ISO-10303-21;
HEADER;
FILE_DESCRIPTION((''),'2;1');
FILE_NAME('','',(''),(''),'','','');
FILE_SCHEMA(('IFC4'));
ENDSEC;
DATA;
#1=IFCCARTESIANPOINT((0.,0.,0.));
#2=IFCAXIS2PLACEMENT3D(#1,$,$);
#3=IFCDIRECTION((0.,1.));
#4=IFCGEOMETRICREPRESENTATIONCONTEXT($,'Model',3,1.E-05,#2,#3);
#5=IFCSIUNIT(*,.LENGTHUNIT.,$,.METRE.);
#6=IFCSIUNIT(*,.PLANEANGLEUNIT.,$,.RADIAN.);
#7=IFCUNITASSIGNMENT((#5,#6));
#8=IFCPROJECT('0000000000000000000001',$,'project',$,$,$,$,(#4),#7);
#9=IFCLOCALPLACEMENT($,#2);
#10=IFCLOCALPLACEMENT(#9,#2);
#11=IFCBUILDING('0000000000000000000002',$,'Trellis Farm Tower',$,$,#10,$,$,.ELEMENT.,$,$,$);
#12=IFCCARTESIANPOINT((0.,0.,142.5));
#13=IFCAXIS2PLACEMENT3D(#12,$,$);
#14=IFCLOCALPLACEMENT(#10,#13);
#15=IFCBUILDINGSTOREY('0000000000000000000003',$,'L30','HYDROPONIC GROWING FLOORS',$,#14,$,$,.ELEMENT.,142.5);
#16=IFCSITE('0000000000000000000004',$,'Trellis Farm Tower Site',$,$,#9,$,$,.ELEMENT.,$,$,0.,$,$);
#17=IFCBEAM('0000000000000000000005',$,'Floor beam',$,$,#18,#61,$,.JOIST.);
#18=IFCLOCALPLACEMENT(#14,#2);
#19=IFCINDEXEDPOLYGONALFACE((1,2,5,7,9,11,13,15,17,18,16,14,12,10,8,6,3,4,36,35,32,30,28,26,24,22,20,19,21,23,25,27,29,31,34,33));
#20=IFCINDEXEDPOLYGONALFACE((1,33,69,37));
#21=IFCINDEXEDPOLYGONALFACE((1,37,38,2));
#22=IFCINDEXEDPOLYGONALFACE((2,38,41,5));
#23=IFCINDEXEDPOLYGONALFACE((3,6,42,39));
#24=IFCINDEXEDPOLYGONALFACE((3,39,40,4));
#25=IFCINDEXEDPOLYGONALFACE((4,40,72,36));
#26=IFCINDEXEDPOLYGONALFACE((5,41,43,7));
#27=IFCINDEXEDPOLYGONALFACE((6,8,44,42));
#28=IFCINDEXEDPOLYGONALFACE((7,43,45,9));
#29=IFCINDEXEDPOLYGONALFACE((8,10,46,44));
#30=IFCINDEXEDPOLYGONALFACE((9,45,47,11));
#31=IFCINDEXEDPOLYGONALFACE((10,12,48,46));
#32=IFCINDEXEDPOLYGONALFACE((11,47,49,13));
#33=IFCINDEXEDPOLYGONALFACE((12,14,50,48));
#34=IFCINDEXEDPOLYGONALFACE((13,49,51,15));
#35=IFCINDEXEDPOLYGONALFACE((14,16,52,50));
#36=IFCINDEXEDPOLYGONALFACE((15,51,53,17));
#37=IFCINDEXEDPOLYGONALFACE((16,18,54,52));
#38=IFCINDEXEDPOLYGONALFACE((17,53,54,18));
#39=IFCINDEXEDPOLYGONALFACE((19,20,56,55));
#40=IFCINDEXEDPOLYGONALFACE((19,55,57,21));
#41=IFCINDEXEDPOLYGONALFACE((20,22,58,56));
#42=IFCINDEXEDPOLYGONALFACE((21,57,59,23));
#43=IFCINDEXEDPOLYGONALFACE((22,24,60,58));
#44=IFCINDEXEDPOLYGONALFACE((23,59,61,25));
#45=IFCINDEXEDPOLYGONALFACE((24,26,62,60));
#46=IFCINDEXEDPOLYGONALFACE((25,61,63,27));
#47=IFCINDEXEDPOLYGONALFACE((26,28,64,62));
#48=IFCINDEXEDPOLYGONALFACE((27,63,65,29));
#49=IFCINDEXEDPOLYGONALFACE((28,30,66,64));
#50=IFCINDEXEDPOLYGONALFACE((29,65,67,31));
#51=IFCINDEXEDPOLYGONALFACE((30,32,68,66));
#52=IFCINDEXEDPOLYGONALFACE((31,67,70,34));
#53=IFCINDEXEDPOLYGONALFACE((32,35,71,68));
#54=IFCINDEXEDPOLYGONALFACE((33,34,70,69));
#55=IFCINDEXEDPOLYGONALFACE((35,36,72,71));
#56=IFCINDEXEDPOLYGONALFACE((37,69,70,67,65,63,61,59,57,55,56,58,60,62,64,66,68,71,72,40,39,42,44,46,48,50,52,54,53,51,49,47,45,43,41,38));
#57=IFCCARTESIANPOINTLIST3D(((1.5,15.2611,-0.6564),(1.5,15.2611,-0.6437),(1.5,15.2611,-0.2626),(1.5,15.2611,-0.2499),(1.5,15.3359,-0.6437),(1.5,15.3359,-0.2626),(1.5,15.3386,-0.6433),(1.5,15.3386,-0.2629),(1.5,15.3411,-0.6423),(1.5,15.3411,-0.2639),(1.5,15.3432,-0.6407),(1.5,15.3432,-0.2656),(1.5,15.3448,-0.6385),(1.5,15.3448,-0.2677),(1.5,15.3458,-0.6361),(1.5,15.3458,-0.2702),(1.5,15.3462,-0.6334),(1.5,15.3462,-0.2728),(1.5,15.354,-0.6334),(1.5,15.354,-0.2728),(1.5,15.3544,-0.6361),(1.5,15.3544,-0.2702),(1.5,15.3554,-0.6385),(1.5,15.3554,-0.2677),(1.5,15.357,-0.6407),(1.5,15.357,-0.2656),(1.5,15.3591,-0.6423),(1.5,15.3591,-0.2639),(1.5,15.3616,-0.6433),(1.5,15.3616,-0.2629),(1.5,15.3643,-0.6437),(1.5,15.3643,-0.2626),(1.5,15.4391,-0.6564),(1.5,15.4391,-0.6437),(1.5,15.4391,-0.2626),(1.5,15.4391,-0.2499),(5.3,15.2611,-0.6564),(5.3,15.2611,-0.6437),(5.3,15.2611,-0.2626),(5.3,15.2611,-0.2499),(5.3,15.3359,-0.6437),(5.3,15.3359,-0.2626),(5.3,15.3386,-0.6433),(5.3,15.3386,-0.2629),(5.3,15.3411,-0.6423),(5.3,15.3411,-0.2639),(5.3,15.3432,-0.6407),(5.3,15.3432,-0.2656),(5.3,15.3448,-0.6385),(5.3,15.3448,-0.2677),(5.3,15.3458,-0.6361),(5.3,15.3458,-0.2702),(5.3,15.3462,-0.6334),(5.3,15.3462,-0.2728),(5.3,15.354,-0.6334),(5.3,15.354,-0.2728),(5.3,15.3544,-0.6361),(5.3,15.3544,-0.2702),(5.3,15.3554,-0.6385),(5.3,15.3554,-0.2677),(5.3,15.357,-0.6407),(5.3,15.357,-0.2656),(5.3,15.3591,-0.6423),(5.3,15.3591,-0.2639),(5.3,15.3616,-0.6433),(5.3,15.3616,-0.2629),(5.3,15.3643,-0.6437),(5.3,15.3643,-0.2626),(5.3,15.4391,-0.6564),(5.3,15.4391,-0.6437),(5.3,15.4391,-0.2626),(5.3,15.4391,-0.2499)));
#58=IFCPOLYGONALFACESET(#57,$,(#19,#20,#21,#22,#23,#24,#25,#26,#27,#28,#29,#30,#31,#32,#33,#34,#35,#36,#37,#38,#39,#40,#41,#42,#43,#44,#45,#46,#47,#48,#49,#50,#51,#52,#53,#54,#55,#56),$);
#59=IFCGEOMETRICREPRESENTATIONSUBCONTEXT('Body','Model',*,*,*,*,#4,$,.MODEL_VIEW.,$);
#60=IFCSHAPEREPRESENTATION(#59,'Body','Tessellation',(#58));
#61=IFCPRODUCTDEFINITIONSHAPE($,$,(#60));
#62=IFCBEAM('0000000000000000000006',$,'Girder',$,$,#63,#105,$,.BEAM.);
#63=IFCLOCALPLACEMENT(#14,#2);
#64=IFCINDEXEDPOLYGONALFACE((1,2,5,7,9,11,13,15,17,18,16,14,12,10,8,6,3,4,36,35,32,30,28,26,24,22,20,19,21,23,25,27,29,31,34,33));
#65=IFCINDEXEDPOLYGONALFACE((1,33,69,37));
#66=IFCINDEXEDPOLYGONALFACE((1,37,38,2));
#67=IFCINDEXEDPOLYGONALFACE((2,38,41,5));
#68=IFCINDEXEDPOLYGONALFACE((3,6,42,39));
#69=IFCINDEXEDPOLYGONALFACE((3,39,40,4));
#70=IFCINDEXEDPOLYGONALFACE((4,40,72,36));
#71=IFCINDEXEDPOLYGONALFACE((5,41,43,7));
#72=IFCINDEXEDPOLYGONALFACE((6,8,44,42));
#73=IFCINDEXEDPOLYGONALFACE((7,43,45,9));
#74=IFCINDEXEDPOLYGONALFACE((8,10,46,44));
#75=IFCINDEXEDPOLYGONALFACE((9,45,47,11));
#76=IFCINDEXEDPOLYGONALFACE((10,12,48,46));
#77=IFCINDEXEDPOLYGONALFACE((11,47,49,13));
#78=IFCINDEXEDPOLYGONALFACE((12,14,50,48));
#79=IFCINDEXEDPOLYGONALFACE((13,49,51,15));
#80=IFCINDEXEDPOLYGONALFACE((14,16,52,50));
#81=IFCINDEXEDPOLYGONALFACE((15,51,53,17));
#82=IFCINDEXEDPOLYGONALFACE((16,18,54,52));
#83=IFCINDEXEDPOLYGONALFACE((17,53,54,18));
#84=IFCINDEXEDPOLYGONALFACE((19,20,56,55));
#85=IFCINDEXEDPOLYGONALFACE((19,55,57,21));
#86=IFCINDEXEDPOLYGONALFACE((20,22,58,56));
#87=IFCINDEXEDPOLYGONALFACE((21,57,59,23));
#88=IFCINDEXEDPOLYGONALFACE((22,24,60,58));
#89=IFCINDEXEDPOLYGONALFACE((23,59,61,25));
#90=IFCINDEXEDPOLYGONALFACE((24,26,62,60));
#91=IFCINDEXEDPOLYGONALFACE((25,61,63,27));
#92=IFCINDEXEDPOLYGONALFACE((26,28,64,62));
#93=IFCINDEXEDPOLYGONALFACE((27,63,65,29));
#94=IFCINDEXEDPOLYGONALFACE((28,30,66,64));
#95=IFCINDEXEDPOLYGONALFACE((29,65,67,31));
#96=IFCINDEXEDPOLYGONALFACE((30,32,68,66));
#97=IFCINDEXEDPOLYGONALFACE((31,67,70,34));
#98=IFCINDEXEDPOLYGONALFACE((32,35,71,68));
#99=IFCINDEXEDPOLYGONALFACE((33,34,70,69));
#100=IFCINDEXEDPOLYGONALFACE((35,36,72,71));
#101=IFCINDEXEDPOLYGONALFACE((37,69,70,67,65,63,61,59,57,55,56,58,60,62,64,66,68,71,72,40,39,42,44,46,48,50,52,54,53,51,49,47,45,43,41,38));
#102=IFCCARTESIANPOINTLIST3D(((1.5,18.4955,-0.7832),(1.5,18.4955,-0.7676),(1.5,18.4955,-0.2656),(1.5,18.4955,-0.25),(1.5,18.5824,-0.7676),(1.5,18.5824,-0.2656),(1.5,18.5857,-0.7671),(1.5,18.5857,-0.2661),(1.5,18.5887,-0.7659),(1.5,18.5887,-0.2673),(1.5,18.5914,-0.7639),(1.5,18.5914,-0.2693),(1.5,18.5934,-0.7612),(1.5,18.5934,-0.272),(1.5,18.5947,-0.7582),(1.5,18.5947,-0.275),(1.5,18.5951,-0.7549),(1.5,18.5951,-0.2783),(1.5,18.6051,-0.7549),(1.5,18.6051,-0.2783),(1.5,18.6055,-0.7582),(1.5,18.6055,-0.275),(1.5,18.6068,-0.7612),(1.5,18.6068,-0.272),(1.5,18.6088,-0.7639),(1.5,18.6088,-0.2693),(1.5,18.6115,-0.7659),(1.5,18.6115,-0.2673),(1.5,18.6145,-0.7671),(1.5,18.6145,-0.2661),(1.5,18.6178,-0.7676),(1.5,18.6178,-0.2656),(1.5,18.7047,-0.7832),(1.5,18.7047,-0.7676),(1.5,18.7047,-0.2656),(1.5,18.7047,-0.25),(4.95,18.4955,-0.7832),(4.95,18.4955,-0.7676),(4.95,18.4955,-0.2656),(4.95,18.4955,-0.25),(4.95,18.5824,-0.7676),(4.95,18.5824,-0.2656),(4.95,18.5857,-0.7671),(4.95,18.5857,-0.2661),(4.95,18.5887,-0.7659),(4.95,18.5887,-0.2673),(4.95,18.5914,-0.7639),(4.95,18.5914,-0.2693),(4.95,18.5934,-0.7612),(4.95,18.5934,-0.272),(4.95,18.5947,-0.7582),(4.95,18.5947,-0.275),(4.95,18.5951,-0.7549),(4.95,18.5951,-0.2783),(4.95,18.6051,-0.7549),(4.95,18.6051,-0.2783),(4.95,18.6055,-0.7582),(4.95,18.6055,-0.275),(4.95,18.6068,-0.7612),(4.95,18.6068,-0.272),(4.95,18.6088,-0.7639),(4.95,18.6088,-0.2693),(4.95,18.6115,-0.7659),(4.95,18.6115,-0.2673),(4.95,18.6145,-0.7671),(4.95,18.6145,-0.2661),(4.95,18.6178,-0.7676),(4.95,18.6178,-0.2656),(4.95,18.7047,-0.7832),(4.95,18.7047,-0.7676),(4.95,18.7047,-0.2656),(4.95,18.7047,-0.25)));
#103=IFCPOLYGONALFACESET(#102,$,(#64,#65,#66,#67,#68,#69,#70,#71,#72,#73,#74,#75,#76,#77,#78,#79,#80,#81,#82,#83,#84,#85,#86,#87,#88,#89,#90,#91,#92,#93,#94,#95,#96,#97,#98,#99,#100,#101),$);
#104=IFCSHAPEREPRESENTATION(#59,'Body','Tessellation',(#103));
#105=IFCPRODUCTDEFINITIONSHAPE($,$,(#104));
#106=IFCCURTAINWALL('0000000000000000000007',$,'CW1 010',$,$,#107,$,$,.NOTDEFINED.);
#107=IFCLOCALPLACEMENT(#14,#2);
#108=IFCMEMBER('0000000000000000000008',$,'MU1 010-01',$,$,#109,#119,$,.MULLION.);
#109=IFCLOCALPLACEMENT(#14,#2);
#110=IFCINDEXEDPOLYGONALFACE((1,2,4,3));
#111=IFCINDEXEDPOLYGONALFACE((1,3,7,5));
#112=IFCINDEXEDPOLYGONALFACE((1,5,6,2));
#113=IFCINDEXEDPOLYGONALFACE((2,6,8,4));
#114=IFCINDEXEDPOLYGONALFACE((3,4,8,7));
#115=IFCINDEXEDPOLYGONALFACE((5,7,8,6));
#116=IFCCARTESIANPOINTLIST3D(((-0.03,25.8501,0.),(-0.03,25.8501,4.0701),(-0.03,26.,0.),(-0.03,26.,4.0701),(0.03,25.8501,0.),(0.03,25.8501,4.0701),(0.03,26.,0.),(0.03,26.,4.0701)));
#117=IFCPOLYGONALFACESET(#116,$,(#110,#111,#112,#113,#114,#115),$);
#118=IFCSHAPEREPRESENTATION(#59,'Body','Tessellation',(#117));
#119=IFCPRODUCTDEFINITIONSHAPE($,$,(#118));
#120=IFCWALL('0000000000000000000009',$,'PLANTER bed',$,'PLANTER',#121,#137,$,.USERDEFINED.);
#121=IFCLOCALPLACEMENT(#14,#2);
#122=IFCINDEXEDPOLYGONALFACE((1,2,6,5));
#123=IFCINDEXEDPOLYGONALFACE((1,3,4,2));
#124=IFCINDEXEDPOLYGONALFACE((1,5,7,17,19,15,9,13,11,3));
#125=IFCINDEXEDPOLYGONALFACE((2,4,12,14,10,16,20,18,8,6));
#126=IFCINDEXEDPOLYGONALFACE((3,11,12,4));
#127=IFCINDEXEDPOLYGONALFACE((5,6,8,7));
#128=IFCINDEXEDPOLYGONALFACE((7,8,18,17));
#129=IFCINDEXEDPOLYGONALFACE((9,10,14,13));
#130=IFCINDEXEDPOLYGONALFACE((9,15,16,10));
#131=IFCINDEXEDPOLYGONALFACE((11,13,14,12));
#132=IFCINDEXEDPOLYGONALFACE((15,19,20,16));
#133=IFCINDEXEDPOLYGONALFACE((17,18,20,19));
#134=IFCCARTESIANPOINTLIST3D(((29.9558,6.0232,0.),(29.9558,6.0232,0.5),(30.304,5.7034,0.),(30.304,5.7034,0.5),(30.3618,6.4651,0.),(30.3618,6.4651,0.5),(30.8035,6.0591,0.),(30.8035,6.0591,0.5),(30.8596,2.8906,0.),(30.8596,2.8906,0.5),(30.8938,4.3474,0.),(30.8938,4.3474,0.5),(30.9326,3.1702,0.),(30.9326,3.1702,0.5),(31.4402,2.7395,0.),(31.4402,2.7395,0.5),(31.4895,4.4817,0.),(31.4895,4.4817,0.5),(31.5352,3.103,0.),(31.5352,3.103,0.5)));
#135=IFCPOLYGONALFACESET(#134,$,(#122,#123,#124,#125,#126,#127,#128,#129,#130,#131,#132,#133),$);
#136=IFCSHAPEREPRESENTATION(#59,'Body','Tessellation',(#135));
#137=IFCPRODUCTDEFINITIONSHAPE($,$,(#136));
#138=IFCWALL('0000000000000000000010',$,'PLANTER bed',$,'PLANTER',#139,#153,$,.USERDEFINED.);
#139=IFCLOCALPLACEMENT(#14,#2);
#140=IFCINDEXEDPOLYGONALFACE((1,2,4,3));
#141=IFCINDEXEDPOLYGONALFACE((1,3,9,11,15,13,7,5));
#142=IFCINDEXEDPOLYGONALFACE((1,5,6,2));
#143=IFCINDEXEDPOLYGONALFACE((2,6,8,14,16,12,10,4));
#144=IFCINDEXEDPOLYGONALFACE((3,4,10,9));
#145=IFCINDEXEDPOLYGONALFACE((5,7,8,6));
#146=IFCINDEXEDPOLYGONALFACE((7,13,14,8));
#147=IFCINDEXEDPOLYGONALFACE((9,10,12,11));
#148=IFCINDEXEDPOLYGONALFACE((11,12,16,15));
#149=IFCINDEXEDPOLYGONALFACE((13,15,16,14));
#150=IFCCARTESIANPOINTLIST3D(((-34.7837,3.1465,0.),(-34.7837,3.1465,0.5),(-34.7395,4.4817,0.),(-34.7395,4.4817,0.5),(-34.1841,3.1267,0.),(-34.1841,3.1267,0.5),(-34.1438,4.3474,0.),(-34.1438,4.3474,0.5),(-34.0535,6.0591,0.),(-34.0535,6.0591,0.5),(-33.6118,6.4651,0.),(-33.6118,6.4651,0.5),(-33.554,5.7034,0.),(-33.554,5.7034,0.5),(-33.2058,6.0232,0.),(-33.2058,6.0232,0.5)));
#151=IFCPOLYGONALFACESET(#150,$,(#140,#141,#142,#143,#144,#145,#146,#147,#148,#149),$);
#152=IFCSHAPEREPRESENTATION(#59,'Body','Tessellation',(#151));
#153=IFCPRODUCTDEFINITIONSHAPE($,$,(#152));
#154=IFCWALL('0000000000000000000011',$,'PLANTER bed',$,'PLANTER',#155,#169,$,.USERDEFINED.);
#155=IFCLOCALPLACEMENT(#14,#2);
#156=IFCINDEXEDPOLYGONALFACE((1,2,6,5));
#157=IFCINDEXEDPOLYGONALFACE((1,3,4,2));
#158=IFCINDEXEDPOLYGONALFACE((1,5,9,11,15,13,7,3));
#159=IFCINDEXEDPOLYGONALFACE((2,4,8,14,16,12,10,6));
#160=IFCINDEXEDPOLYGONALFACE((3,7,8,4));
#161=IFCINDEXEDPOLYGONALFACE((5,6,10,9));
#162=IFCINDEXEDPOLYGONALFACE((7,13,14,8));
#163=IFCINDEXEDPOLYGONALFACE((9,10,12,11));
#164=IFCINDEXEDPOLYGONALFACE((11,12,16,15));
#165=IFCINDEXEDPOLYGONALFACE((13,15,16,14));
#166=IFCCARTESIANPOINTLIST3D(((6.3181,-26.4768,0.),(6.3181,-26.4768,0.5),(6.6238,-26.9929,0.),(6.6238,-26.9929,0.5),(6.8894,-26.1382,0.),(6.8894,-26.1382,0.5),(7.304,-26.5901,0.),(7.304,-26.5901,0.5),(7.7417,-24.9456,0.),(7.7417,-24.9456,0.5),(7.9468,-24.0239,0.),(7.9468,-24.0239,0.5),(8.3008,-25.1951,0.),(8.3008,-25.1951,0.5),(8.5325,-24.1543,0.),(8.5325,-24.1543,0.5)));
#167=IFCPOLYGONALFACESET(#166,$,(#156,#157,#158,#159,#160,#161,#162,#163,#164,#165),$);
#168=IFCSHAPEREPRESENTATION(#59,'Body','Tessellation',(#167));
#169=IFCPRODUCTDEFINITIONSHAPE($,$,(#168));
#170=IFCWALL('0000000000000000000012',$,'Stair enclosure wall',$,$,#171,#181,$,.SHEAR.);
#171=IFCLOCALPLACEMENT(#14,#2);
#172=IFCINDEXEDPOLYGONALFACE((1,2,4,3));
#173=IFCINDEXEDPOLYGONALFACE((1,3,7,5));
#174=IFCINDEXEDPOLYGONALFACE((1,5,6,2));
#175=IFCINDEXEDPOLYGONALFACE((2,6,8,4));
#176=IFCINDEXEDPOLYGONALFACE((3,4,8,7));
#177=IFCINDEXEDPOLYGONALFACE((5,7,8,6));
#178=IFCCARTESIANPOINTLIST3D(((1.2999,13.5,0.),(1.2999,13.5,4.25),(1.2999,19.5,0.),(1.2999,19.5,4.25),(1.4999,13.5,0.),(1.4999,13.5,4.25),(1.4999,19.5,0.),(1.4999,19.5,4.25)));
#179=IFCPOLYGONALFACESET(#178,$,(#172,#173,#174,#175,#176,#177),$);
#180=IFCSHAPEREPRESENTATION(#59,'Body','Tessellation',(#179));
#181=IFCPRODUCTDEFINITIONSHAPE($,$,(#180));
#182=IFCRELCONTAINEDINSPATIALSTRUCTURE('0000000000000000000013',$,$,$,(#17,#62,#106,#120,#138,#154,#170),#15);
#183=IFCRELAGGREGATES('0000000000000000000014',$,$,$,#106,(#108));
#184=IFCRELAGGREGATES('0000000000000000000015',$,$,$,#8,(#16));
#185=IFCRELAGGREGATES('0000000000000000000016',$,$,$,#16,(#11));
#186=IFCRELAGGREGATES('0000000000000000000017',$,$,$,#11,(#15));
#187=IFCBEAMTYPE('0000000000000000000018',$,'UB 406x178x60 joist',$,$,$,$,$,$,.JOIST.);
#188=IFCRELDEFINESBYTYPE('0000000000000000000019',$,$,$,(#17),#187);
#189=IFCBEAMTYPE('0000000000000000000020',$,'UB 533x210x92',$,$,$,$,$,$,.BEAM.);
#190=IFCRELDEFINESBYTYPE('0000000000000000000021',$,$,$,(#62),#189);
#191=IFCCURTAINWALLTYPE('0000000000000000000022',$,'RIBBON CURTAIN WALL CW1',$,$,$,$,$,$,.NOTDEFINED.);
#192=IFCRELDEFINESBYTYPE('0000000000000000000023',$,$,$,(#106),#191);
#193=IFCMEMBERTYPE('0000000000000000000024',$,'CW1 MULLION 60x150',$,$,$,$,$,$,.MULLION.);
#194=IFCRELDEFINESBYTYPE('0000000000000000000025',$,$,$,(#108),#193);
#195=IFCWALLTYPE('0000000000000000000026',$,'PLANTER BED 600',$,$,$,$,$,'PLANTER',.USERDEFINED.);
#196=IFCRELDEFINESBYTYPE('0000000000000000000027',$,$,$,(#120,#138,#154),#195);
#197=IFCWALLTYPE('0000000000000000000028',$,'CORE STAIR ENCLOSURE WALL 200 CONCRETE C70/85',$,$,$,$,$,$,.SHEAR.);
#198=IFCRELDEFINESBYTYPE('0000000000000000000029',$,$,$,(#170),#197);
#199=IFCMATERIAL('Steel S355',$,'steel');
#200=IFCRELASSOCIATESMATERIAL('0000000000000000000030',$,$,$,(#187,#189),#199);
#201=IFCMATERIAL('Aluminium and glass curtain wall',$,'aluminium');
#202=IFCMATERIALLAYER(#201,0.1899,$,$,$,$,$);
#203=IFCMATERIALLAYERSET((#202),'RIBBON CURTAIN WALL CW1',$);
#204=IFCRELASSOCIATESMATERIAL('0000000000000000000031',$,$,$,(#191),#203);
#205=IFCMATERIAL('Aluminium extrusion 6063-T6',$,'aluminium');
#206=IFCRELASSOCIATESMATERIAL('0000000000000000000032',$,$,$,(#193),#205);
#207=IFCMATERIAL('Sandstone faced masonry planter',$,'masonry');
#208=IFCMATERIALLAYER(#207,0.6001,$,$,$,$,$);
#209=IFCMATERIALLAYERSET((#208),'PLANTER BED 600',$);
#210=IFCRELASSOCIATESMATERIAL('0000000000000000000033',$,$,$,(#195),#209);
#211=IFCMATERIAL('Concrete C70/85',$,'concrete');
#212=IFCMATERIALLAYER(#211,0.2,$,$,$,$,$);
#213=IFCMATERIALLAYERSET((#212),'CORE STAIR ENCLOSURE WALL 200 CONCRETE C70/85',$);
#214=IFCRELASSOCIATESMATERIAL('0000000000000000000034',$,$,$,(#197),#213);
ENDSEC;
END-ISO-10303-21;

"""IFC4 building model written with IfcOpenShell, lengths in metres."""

from ifc_helpers import new_model, si_unit, direction, frame, frame_2d, origin, origin_2d, place, context, subcontext, project, spatial, polyline, rectangle, i_section, outline, extrude, source, transform, mapped, material, layer, layer_set, material_profile, profile_set, type_object, element, aggregate, save


model = new_model("IFC4")

# Units and contexts
model_context = context("Model", 3, precision=1e-05, world=origin(), true_north=direction((0.0, 1.0)))
body_context = subcontext(model_context, "Body", "Model", "MODEL_VIEW")
ifc_project = project(units=[si_unit("LENGTHUNIT", "METRE"), si_unit("PLANEANGLEUNIT", "RADIAN")], contexts=[model_context])

# Site, building, storey
site_placement = place(None, origin())
site = spatial("IfcSite", under=ifc_project, at=site_placement, Name="Trellis Farm Tower Site", CompositionType="ELEMENT", RefElevation=0.0)
building_placement = place(site_placement, origin())
building = spatial("IfcBuilding", under=site, at=building_placement, Name="Trellis Farm Tower", CompositionType="ELEMENT")
storey_placement = place(building_placement, frame((0.0, 0.0, 142.5)))
storey = spatial("IfcBuildingStorey", under=building, at=storey_placement, Name="L30", Description="HYDROPONIC GROWING FLOORS", CompositionType="ELEMENT", Elevation=142.5)

# Beams
ifc_material_1 = material(Name="Steel S355", Category="steel")
ifc_material_profile_1 = material_profile(ifc_material_1, i_section(OverallWidth=0.178, OverallDepth=0.4065, WebThickness=0.0078, FlangeThickness=0.0127, FilletRadius=0.0103, at=origin_2d()), Name="UB 406x178x60")
ifc_profile_set_1 = profile_set([ifc_material_profile_1], Name="Steel S355")
beam_type_1 = type_object("IfcBeamType", Name="UB 406x178x60 joist", PredefinedType="JOIST", material=ifc_profile_set_1)
shared_shape_1 = source(origin(), body_context, "Body", "SweptSolid", [
    extrude(i_section(OverallWidth=0.178, OverallDepth=0.4065, WebThickness=0.0078, FlangeThickness=0.0127, FilletRadius=0.0103, at=origin_2d()), origin(), (0.0, 0.0, 1.0), 3.8),
])
beam_1_placement = place(storey_placement, frame((1.5, 15.3501, -0.4531), z_axis=(1.0, 0.0, 0.0), x_axis=(0.0, 1.0, 0.0)))
element("IfcBeam", 1, at=beam_1_placement, inside=storey, type_object=beam_type_1, Name="Floor beam", PredefinedType="JOIST", context=body_context, shape_type="MappedRepresentation", body=[
    mapped(shared_shape_1, transform((0.0, 0.0, 0.0))),
])
ifc_material_profile_2 = material_profile(ifc_material_1, i_section(OverallWidth=0.2092, OverallDepth=0.5332, WebThickness=0.01, FlangeThickness=0.0156, FilletRadius=0.0127, at=origin_2d()), Name="UB 533x210x92")
ifc_profile_set_2 = profile_set([ifc_material_profile_2], Name="Steel S355")
beam_type_2 = type_object("IfcBeamType", Name="UB 533x210x92", PredefinedType="BEAM", material=ifc_profile_set_2)
shared_shape_2 = source(origin(), body_context, "Body", "SweptSolid", [
    extrude(i_section(OverallWidth=0.2092, OverallDepth=0.5332, WebThickness=0.01, FlangeThickness=0.0156, FilletRadius=0.0127, at=origin_2d()), origin(), (0.0, 0.0, 1.0), 3.45),
])
beam_2_placement = place(storey_placement, frame((1.5, 18.6001, -0.5166), z_axis=(1.0, 0.0, 0.0), x_axis=(0.0, 1.0, 0.0)))
element("IfcBeam", 2, at=beam_2_placement, inside=storey, type_object=beam_type_2, Name="Girder", PredefinedType="BEAM", context=body_context, shape_type="MappedRepresentation", body=[
    mapped(shared_shape_2, transform((0.0, 0.0, 0.0))),
])

# Curtain wall, member
ifc_material_2 = material(Name="Aluminium and glass curtain wall", Category="aluminium")
ifc_layer_1 = layer(ifc_material_2, 0.1899)
ifc_layer_set_1 = layer_set([ifc_layer_1], Name="RIBBON CURTAIN WALL CW1")
curtain_wall_type = type_object("IfcCurtainWallType", Name="RIBBON CURTAIN WALL CW1", PredefinedType="NOTDEFINED", material=ifc_layer_set_1)
placement = place(storey_placement, origin())
curtain_wall = element("IfcCurtainWall", 3, at=placement, inside=storey, type_object=curtain_wall_type, Name="CW1 010", PredefinedType="NOTDEFINED")
ifc_material_3 = material(Name="Aluminium extrusion 6063-T6", Category="aluminium")
ifc_material_profile_3 = material_profile(ifc_material_3, rectangle(XDim=0.0601, YDim=0.1499, at=origin_2d()), Name="MULLION 60x150")
ifc_profile_set_3 = profile_set([ifc_material_profile_3], Name="Aluminium extrusion 6063-T6")
member_type = type_object("IfcMemberType", Name="CW1 MULLION 60x150", PredefinedType="MULLION", material=ifc_profile_set_3)
shared_shape_3 = source(origin(), body_context, "Body", "SweptSolid", [
    extrude(rectangle(XDim=0.0601, YDim=0.1499, at=origin_2d()), origin(), (0.0, 0.0, 1.0), 4.0701),
])
member_placement = place(storey_placement, frame((0.0, 25.925, 0.0), z_axis=(0.0, 0.0, 1.0), x_axis=(-1.0, 0.0, 0.0)))
member = element("IfcMember", 4, at=member_placement, type_object=member_type, Name="MU1 010-01", PredefinedType="MULLION", context=body_context, shape_type="MappedRepresentation", body=[
    mapped(shared_shape_3, transform((0.0, 0.0, 0.0))),
])
aggregate(curtain_wall, [member])

# Walls
ifc_material_4 = material(Name="Sandstone faced masonry planter", Category="masonry")
ifc_layer_2 = layer(ifc_material_4, 0.6001)
ifc_layer_set_2 = layer_set([ifc_layer_2], Name="PLANTER BED 600")
wall_type_1 = type_object("IfcWallType", Name="PLANTER BED 600", ElementType="PLANTER", PredefinedType="USERDEFINED", material=ifc_layer_set_2)
element("IfcWall", 5, at=placement, inside=storey, type_object=wall_type_1, Name="PLANTER bed", ObjectType="PLANTER", PredefinedType="USERDEFINED", context=body_context, shape_type="SweptSolid", body=[
    extrude(outline(polyline([(30.8035, 6.0591), (31.4895, 4.4817), (31.5352, 3.103), (31.4402, 2.7395), (30.8596, 2.8906), (30.9326, 3.1702), (30.8938, 4.3474), (30.304, 5.7034), (29.9558, 6.0232), (30.3618, 6.4651), (30.8035, 6.0591)])), origin(), (0.0, 0.0, 1.0), 0.5),
])
element("IfcWall", 6, at=placement, inside=storey, type_object=wall_type_1, Name="PLANTER bed", ObjectType="PLANTER", PredefinedType="USERDEFINED", context=body_context, shape_type="SweptSolid", body=[
    extrude(outline(polyline([(-34.0535, 6.0591), (-33.6118, 6.4651), (-33.2058, 6.0232), (-33.554, 5.7034), (-34.1438, 4.3474), (-34.1841, 3.1267), (-34.7837, 3.1465), (-34.7395, 4.4817), (-34.0535, 6.0591)])), origin(), (0.0, 0.0, 1.0), 0.5),
])
element("IfcWall", 7, at=placement, inside=storey, type_object=wall_type_1, Name="PLANTER bed", ObjectType="PLANTER", PredefinedType="USERDEFINED", context=body_context, shape_type="SweptSolid", body=[
    extrude(outline(polyline([(7.304, -26.5901), (6.6238, -26.9929), (6.3181, -26.4768), (6.8894, -26.1382), (7.7417, -24.9456), (7.9468, -24.0239), (8.5325, -24.1543), (8.3008, -25.1951), (7.304, -26.5901)])), origin(), (0.0, 0.0, 1.0), 0.5),
])
ifc_material_5 = material(Name="Concrete C70/85", Category="concrete")
ifc_layer_3 = layer(ifc_material_5, 0.2)
ifc_layer_set_3 = layer_set([ifc_layer_3], Name="CORE STAIR ENCLOSURE WALL 200 CONCRETE C70/85")
wall_type_2 = type_object("IfcWallType", Name="CORE STAIR ENCLOSURE WALL 200 CONCRETE C70/85", PredefinedType="SHEAR", material=ifc_layer_set_3)
shared_shape_4 = source(origin(), body_context, "Body", "SweptSolid", [
    extrude(rectangle(XDim=6.0, YDim=0.2, at=frame_2d((3.0, 0.0))), origin(), (0.0, 0.0, 1.0), 4.25),
])
wall_1_placement = place(storey_placement, frame((1.3999, 13.5, 0.0), z_axis=(0.0, 0.0, 1.0), x_axis=(0.0, 1.0, 0.0)))
element("IfcWall", 8, at=wall_1_placement, inside=storey, type_object=wall_type_2, Name="Stair enclosure wall", PredefinedType="SHEAR", context=body_context, shape_type="MappedRepresentation", body=[
    mapped(shared_shape_4, transform((0.0, 0.0, 0.0))),
])

save(model, "model.ifc")
